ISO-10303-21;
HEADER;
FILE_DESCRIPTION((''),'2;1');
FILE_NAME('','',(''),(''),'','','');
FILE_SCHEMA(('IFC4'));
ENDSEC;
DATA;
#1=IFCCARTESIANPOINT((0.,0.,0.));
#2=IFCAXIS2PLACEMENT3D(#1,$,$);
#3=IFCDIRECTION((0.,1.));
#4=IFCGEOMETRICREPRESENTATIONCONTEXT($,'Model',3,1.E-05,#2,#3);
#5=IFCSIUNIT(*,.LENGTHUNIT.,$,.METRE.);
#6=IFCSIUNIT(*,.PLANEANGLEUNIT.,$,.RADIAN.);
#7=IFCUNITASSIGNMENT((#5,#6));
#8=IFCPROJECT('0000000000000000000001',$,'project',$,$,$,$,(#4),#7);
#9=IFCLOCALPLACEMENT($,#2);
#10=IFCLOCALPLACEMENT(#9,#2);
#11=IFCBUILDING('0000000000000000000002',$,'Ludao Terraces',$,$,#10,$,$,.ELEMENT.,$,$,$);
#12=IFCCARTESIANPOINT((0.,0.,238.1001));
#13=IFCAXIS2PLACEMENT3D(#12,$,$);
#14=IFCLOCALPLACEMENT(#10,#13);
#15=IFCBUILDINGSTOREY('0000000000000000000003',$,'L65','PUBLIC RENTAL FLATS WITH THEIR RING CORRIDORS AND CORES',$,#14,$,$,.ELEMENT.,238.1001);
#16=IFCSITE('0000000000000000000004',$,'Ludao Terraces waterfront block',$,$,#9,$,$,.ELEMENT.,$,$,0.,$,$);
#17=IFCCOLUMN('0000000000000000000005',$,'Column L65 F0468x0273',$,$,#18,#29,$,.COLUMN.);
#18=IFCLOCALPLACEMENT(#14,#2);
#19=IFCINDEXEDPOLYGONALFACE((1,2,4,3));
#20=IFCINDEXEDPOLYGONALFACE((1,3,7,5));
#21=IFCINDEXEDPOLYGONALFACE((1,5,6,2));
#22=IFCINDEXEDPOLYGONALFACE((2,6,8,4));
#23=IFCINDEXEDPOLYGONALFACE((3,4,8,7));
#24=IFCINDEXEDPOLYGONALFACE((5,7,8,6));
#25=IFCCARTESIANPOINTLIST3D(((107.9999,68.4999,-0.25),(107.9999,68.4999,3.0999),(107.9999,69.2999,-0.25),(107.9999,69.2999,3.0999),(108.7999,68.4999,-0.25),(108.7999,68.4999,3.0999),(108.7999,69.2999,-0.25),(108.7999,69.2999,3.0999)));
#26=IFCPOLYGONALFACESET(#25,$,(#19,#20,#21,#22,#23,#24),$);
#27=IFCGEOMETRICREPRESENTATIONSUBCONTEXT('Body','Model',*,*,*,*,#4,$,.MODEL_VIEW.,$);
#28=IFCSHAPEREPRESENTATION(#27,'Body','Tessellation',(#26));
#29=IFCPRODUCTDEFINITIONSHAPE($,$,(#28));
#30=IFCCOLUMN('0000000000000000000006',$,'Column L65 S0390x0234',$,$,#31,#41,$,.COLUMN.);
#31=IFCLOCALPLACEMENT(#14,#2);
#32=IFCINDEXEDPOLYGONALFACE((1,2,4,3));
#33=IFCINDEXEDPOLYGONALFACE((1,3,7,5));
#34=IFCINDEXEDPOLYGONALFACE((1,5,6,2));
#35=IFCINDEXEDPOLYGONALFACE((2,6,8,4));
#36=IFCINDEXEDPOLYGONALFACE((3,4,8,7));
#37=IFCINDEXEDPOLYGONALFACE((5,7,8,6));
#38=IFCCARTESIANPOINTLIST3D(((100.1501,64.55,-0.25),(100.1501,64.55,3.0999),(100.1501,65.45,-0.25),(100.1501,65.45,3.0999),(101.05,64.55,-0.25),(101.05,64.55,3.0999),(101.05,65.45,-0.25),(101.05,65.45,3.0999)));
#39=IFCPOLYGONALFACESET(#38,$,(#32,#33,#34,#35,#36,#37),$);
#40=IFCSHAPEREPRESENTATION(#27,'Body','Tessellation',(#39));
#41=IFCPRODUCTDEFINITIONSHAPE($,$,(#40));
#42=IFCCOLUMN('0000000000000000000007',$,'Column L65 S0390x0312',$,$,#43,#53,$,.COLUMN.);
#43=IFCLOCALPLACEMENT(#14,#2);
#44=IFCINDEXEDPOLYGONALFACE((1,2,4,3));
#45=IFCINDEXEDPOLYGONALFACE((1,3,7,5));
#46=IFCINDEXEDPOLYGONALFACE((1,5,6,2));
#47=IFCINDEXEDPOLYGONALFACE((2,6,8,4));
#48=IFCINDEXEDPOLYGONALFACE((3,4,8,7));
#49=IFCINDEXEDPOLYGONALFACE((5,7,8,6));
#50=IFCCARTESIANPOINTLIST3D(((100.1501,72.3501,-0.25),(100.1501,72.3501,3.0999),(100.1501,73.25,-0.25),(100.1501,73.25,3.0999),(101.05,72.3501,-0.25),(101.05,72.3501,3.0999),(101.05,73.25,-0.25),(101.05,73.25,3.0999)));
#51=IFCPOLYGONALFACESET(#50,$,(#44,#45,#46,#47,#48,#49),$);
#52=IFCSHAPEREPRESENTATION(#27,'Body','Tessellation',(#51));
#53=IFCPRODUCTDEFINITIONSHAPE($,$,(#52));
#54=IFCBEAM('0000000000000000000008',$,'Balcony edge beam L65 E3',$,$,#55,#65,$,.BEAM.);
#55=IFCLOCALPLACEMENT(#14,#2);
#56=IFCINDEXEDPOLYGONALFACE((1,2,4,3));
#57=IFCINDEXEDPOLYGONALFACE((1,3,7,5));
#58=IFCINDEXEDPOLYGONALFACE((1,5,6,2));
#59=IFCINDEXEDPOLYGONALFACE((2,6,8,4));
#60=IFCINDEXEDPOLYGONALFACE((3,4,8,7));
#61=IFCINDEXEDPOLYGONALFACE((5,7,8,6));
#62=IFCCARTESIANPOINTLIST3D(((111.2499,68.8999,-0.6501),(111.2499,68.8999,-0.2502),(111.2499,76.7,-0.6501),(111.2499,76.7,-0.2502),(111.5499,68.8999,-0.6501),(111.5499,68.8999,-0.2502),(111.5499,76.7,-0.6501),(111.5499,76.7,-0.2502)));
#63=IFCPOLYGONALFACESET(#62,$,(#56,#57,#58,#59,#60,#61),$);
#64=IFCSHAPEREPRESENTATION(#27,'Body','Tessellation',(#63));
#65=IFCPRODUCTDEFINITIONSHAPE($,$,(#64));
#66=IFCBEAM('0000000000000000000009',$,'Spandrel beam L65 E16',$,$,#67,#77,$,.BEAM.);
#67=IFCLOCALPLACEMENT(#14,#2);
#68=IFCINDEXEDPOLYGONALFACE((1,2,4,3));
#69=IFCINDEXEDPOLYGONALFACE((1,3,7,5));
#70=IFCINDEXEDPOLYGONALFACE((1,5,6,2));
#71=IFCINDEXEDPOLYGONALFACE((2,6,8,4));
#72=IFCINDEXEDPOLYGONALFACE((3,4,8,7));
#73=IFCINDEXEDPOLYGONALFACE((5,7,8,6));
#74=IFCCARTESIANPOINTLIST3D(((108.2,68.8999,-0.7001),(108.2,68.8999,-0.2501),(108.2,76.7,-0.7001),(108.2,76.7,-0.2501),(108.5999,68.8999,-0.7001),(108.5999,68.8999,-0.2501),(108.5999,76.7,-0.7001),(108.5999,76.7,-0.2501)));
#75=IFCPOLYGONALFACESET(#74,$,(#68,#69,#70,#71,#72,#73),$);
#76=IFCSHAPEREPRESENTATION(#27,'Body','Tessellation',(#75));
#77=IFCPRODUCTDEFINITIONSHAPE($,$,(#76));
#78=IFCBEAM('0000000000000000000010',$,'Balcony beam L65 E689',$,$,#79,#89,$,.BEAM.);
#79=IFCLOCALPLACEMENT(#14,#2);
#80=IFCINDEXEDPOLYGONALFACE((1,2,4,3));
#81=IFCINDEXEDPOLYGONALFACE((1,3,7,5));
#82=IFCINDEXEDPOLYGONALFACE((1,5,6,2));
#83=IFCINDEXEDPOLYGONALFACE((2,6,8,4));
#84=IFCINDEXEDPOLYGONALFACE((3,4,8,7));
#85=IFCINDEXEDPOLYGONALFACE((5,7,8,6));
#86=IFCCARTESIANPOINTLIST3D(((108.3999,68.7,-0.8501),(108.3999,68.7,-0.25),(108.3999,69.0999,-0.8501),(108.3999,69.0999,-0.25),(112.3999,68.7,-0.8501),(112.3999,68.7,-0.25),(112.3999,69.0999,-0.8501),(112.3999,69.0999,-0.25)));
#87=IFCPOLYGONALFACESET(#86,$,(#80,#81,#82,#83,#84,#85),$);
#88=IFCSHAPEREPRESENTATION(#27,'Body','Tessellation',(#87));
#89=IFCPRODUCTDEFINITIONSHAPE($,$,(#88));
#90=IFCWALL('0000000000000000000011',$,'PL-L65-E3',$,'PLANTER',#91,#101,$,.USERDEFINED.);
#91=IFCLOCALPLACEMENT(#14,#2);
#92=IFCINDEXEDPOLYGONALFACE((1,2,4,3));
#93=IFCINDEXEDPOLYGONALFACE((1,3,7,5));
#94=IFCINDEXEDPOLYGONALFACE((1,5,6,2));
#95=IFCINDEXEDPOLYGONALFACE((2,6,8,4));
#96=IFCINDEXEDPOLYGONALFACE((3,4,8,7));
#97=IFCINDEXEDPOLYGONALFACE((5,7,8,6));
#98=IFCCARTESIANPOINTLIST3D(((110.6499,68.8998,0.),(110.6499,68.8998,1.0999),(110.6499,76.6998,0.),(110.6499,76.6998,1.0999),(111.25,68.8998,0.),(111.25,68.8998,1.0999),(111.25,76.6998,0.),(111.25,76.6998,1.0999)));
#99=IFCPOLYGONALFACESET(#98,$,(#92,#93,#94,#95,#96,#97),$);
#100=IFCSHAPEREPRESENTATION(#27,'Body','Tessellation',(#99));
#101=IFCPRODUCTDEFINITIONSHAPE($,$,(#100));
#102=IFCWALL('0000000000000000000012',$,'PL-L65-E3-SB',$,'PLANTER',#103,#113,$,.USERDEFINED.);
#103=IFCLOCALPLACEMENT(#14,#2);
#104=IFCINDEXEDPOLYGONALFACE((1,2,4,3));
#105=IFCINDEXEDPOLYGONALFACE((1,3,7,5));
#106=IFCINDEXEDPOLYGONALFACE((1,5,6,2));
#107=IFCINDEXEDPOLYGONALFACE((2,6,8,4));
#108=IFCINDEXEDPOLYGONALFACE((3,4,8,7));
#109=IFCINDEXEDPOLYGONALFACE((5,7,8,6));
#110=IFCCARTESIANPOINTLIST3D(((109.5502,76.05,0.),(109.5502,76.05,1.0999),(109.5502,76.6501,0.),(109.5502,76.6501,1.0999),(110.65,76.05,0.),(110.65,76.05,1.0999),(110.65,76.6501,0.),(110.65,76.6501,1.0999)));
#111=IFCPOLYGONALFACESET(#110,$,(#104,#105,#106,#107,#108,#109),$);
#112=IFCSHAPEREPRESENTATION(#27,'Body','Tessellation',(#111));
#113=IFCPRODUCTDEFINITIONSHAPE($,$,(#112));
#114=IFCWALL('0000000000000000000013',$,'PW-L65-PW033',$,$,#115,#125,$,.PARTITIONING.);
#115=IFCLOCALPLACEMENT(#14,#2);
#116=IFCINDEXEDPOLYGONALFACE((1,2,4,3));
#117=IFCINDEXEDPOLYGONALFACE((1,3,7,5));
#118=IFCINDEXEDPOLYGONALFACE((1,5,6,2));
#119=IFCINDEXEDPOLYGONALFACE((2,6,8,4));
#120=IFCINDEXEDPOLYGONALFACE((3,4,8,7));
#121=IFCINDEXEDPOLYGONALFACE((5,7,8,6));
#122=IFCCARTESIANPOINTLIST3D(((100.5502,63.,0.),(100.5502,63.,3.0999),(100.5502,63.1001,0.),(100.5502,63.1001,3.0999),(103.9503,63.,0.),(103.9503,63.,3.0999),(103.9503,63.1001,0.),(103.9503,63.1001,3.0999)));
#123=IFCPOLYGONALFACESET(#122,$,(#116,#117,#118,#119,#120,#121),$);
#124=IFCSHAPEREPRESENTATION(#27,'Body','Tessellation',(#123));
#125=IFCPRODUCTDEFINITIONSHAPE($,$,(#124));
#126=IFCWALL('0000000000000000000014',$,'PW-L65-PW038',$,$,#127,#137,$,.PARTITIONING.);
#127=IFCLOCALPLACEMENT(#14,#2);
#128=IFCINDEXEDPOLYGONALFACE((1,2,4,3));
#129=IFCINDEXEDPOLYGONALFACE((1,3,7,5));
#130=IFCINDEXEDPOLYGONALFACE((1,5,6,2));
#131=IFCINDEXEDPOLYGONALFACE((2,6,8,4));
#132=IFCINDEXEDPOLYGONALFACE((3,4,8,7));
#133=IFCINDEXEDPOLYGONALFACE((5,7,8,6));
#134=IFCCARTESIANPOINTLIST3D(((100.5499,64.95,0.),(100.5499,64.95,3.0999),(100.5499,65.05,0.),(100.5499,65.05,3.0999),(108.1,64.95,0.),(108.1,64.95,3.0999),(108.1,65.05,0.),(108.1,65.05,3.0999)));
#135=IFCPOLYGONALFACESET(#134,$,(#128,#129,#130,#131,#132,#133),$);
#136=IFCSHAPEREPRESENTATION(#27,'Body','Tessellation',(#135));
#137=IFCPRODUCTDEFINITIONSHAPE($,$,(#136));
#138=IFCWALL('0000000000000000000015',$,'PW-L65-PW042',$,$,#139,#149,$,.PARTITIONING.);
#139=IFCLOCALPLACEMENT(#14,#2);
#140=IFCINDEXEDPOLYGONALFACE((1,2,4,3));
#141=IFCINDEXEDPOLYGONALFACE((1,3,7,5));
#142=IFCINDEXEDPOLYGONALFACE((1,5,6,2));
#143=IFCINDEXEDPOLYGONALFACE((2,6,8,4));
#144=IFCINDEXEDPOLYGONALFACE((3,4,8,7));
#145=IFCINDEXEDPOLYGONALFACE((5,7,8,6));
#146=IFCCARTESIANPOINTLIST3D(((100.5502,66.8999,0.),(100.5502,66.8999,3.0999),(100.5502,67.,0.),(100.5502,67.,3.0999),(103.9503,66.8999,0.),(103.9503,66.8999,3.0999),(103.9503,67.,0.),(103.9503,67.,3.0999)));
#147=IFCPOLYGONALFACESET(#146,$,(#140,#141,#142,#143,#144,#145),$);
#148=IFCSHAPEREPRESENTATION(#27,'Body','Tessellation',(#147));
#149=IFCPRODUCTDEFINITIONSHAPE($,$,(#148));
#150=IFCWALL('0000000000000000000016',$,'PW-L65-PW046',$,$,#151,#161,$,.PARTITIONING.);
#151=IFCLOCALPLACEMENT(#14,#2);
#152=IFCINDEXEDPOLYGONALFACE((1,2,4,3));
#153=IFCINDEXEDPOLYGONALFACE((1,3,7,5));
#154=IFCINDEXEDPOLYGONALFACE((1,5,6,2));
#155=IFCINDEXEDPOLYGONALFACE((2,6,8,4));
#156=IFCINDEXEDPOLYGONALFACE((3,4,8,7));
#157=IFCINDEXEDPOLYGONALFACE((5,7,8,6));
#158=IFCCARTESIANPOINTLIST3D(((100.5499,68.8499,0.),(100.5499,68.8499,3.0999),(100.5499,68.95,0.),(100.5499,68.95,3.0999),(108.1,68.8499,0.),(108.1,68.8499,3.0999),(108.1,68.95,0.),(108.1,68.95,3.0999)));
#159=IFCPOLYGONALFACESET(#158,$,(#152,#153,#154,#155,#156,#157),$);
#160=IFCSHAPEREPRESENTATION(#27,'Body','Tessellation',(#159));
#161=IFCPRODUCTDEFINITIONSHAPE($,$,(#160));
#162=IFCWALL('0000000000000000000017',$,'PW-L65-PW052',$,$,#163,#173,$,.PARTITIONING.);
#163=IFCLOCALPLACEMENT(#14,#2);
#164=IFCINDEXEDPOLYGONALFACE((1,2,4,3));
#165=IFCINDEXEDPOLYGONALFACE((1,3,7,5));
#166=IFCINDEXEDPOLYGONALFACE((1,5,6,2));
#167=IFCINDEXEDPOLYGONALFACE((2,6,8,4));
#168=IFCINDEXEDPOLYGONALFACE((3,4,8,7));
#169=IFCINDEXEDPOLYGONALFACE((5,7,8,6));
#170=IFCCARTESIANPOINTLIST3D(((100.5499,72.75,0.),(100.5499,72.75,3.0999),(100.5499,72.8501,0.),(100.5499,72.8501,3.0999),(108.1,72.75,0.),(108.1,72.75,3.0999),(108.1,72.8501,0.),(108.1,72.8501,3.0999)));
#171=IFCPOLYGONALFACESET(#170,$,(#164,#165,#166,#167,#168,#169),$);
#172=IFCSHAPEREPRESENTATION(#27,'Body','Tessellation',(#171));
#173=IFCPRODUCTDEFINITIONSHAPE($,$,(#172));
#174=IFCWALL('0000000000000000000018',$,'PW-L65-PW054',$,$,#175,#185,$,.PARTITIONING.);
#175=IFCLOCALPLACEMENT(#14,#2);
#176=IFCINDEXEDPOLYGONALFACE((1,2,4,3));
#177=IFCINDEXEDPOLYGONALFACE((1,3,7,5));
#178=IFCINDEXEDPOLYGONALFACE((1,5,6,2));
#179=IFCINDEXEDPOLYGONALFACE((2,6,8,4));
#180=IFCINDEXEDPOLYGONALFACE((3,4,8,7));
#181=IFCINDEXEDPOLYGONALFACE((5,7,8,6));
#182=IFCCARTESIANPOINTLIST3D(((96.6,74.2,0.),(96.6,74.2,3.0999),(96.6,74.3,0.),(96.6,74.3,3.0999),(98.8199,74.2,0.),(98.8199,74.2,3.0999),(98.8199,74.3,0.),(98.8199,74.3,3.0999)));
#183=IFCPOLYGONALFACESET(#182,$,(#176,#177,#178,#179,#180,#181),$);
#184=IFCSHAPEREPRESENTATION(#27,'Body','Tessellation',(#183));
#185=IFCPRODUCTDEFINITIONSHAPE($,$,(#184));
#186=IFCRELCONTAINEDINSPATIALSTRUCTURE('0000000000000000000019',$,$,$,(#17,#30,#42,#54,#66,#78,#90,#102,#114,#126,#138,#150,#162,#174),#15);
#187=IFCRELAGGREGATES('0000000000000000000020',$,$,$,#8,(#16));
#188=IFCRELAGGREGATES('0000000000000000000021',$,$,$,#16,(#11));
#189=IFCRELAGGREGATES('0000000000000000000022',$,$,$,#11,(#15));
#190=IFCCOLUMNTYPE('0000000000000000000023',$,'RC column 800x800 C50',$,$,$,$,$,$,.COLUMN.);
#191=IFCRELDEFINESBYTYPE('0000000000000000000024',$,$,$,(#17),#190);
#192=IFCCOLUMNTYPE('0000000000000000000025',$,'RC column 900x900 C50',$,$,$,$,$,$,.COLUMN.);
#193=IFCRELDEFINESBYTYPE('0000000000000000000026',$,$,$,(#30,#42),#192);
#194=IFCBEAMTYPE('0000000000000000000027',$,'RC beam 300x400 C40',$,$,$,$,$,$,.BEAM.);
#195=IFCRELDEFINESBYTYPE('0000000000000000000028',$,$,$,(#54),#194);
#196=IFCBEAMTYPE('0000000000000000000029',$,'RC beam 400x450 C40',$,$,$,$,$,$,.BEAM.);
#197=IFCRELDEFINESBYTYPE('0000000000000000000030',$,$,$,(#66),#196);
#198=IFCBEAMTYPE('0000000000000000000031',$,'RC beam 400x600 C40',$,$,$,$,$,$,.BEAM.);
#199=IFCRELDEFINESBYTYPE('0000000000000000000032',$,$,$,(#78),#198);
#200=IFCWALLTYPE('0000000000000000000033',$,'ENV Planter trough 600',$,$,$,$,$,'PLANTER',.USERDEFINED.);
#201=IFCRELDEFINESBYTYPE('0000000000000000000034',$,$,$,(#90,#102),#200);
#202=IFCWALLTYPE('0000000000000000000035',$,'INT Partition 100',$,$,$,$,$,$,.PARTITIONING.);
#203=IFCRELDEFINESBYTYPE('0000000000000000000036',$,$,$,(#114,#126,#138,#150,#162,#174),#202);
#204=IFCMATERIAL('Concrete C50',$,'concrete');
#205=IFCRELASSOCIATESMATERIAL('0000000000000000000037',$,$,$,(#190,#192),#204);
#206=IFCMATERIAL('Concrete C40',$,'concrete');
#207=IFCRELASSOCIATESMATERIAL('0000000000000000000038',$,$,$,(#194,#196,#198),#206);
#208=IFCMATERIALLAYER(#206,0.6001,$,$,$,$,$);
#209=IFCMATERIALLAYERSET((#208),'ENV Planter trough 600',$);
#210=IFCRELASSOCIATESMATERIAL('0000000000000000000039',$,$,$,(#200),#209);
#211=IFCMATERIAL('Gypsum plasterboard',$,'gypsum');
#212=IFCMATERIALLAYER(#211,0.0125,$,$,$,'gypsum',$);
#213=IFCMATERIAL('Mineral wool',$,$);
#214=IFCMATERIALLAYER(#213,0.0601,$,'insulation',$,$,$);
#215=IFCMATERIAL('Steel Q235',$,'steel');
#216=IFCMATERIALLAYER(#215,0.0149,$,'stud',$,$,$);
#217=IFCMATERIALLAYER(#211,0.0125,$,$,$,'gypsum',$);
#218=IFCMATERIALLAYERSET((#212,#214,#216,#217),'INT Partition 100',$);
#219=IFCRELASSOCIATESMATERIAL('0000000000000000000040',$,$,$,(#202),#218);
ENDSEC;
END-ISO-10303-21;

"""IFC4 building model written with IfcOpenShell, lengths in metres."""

from ifc_helpers import new_model, si_unit, direction, frame, frame_2d, origin, origin_2d, place, context, subcontext, project, spatial, rectangle, extrude, material, layer, layer_set, material_profile, profile_set, type_object, element, save


model = new_model("IFC4")

# Units and contexts
model_context = context("Model", 3, precision=1e-05, world=origin(), true_north=direction((0.0, 1.0)))
body_context = subcontext(model_context, "Body", "Model", "MODEL_VIEW")
ifc_project = project(units=[si_unit("LENGTHUNIT", "METRE"), si_unit("PLANEANGLEUNIT", "RADIAN")], contexts=[model_context])

# Site, building, storey
site_placement = place(None, origin())
site = spatial("IfcSite", under=ifc_project, at=site_placement, Name="Ludao Terraces waterfront block", CompositionType="ELEMENT", RefElevation=0.0)
building_placement = place(site_placement, origin())
building = spatial("IfcBuilding", under=site, at=building_placement, Name="Ludao Terraces", CompositionType="ELEMENT")
storey_placement = place(building_placement, frame((0.0, 0.0, 238.1001)))
storey = spatial("IfcBuildingStorey", under=building, at=storey_placement, Name="L65", Description="PUBLIC RENTAL FLATS WITH THEIR RING CORRIDORS AND CORES", CompositionType="ELEMENT", Elevation=238.1001)

# Columns
ifc_material_1 = material(Name="Concrete C50", Category="concrete")
ifc_material_profile_1 = material_profile(ifc_material_1, rectangle(XDim=0.8, YDim=0.8, at=origin_2d()), Name="800 X 800")
ifc_profile_set_1 = profile_set([ifc_material_profile_1], Name="Concrete C50")
column_type_1 = type_object("IfcColumnType", Name="RC column 800x800 C50", PredefinedType="COLUMN", material=ifc_profile_set_1)
column_placement = place(storey_placement, frame((108.3999, 68.8999, -0.25), z_axis=(0.0, 0.0, 1.0), x_axis=(1.0, 0.0, 0.0)))
element("IfcColumn", 1, at=column_placement, inside=storey, type_object=column_type_1, Name="Column L65 F0468x0273", PredefinedType="COLUMN", context=body_context, shape_type="SweptSolid", body=[
    extrude(rectangle(XDim=0.8, YDim=0.8, at=origin_2d()), origin(), (0.0, 0.0, 1.0), 3.3499),
])
ifc_material_profile_2 = material_profile(ifc_material_1, rectangle(XDim=0.8999, YDim=0.8999, at=origin_2d()), Name="900 X 900")
ifc_profile_set_2 = profile_set([ifc_material_profile_2], Name="Concrete C50")
column_type_2 = type_object("IfcColumnType", Name="RC column 900x900 C50", PredefinedType="COLUMN", material=ifc_profile_set_2)
for number, where, z_axis, x_axis, name in (
    (2, (100.6001, 65.0, -0.25), (0.0, 0.0, 1.0), (1.0, 0.0, 0.0), "Column L65 S0390x0234"),
    (3, (100.6001, 72.8, -0.25), (0.0, 0.0, 1.0), (1.0, 0.0, 0.0), "Column L65 S0390x0312"),
):
    element("IfcColumn", number, at=place(storey_placement, frame(where, z_axis=z_axis, x_axis=x_axis)), inside=storey, type_object=column_type_2, Name=name, PredefinedType="COLUMN", context=body_context, shape_type="SweptSolid", body=[
        extrude(rectangle(XDim=0.8999, YDim=0.8999, at=origin_2d()), origin(), (0.0, 0.0, 1.0), 3.3499),
    ])

# Beams
ifc_material_2 = material(Name="Concrete C40", Category="concrete")
ifc_material_profile_3 = material_profile(ifc_material_2, rectangle(XDim=0.3, YDim=0.3999, at=origin_2d()), Name="300 X 400")
ifc_profile_set_3 = profile_set([ifc_material_profile_3], Name="Concrete C40")
beam_type_1 = type_object("IfcBeamType", Name="RC beam 300x400 C40", PredefinedType="BEAM", material=ifc_profile_set_3)
beam_1_placement = place(storey_placement, frame((111.3999, 68.8999, -0.4502), z_axis=(0.0, 1.0, 0.0), x_axis=(-1.0, 0.0, 0.0)))
element("IfcBeam", 4, at=beam_1_placement, inside=storey, type_object=beam_type_1, Name="Balcony edge beam L65 E3", PredefinedType="BEAM", context=body_context, shape_type="SweptSolid", body=[
    extrude(rectangle(XDim=0.3, YDim=0.3999, at=origin_2d()), origin(), (0.0, 0.0, 1.0), 7.8),
])
ifc_material_profile_4 = material_profile(ifc_material_2, rectangle(XDim=0.3999, YDim=0.45, at=origin_2d()), Name="400 X 450")
ifc_profile_set_4 = profile_set([ifc_material_profile_4], Name="Concrete C40")
beam_type_2 = type_object("IfcBeamType", Name="RC beam 400x450 C40", PredefinedType="BEAM", material=ifc_profile_set_4)
beam_2_placement = place(storey_placement, frame((108.3999, 68.8999, -0.4751), z_axis=(0.0, 1.0, 0.0), x_axis=(-1.0, 0.0, 0.0)))
element("IfcBeam", 5, at=beam_2_placement, inside=storey, type_object=beam_type_2, Name="Spandrel beam L65 E16", PredefinedType="BEAM", context=body_context, shape_type="SweptSolid", body=[
    extrude(rectangle(XDim=0.3999, YDim=0.45, at=origin_2d()), origin(), (0.0, 0.0, 1.0), 7.8),
])
ifc_material_profile_5 = material_profile(ifc_material_2, rectangle(XDim=0.3999, YDim=0.6001, at=origin_2d()), Name="400 X 600")
ifc_profile_set_5 = profile_set([ifc_material_profile_5], Name="Concrete C40")
beam_type_3 = type_object("IfcBeamType", Name="RC beam 400x600 C40", PredefinedType="BEAM", material=ifc_profile_set_5)
beam_3_placement = place(storey_placement, frame((108.3999, 68.8999, -0.55), z_axis=(1.0, 0.0, 0.0), x_axis=(0.0, 1.0, 0.0)))
element("IfcBeam", 6, at=beam_3_placement, inside=storey, type_object=beam_type_3, Name="Balcony beam L65 E689", PredefinedType="BEAM", context=body_context, shape_type="SweptSolid", body=[
    extrude(rectangle(XDim=0.3999, YDim=0.6001, at=origin_2d()), origin(), (0.0, 0.0, 1.0), 4.0),
])

# Walls
ifc_layer_1 = layer(ifc_material_2, 0.6001)
ifc_layer_set_1 = layer_set([ifc_layer_1], Name="ENV Planter trough 600")
wall_type_1 = type_object("IfcWallType", Name="ENV Planter trough 600", ElementType="PLANTER", PredefinedType="USERDEFINED", material=ifc_layer_set_1)
wall_1_placement = place(storey_placement, frame((110.95, 68.8999, 0.0), z_axis=(0.0, 0.0, 1.0), x_axis=(0.0, 1.0, 0.0)))
element("IfcWall", 7, at=wall_1_placement, inside=storey, type_object=wall_type_1, Name="PL-L65-E3", ObjectType="PLANTER", PredefinedType="USERDEFINED", context=body_context, shape_type="SweptSolid", body=[
    extrude(rectangle(XDim=7.8, YDim=0.6001, at=frame_2d((3.8999, 0.0))), origin(), (0.0, 0.0, 1.0), 1.0999),
])
wall_2_placement = place(storey_placement, frame((110.6499, 76.3501, 0.0), z_axis=(0.0, 0.0, 1.0), x_axis=(-1.0, 0.0, 0.0)))
element("IfcWall", 8, at=wall_2_placement, inside=storey, type_object=wall_type_1, Name="PL-L65-E3-SB", ObjectType="PLANTER", PredefinedType="USERDEFINED", context=body_context, shape_type="SweptSolid", body=[
    extrude(rectangle(XDim=1.0999, YDim=0.6001, at=frame_2d((0.5498, 0.0))), origin(), (0.0, 0.0, 1.0), 1.0999),
])

# Shared definitions
ifc_material_3 = material(Name="Mineral wool")

# Walls
ifc_material_4 = material(Name="Gypsum plasterboard", Category="gypsum")
ifc_layer_2 = layer(ifc_material_4, 0.0125, Category="gypsum")
ifc_layer_3 = layer(ifc_material_3, 0.0601, Name="insulation")
ifc_material_5 = material(Name="Steel Q235", Category="steel")
ifc_layer_4 = layer(ifc_material_5, 0.0149, Name="stud")
ifc_layer_5 = layer(ifc_material_4, 0.0125, Category="gypsum")
ifc_layer_set_2 = layer_set([ifc_layer_2, ifc_layer_3, ifc_layer_4, ifc_layer_5], Name="INT Partition 100")
wall_type_2 = type_object("IfcWallType", Name="INT Partition 100", PredefinedType="PARTITIONING", material=ifc_layer_set_2)
wall_3_placement = place(storey_placement, frame((100.55, 63.05, 0.0), z_axis=(0.0, 0.0, 1.0), x_axis=(1.0, 0.0, 0.0)))
element("IfcWall", 9, at=wall_3_placement, inside=storey, type_object=wall_type_2, Name="PW-L65-PW033", PredefinedType="PARTITIONING", context=body_context, shape_type="SweptSolid", body=[
    extrude(rectangle(XDim=3.4001, YDim=0.1001, at=frame_2d((1.7002, 0.0))), origin(), (0.0, 0.0, 1.0), 3.0999),
])
wall_4_placement = place(storey_placement, frame((100.55, 65.0, 0.0), z_axis=(0.0, 0.0, 1.0), x_axis=(1.0, 0.0, 0.0)))
element("IfcWall", 10, at=wall_4_placement, inside=storey, type_object=wall_type_2, Name="PW-L65-PW038", PredefinedType="PARTITIONING", context=body_context, shape_type="SweptSolid", body=[
    extrude(rectangle(XDim=7.55, YDim=0.1001, at=frame_2d((3.7749, 0.0))), origin(), (0.0, 0.0, 1.0), 3.0999),
])
wall_5_placement = place(storey_placement, frame((100.55, 66.95, 0.0), z_axis=(0.0, 0.0, 1.0), x_axis=(1.0, 0.0, 0.0)))
element("IfcWall", 11, at=wall_5_placement, inside=storey, type_object=wall_type_2, Name="PW-L65-PW042", PredefinedType="PARTITIONING", context=body_context, shape_type="SweptSolid", body=[
    extrude(rectangle(XDim=3.4001, YDim=0.1001, at=frame_2d((1.7002, 0.0))), origin(), (0.0, 0.0, 1.0), 3.0999),
])
for number, where, z_axis, x_axis, name in (
    (12, (100.55, 68.8999, 0.0), (0.0, 0.0, 1.0), (1.0, 0.0, 0.0), "PW-L65-PW046"),
    (13, (100.55, 72.8, 0.0), (0.0, 0.0, 1.0), (1.0, 0.0, 0.0), "PW-L65-PW052"),
):
    element("IfcWall", number, at=place(storey_placement, frame(where, z_axis=z_axis, x_axis=x_axis)), inside=storey, type_object=wall_type_2, Name=name, PredefinedType="PARTITIONING", context=body_context, shape_type="SweptSolid", body=[
        extrude(rectangle(XDim=7.55, YDim=0.1001, at=frame_2d((3.7749, 0.0))), origin(), (0.0, 0.0, 1.0), 3.0999),
    ])
wall_6_placement = place(storey_placement, frame((96.6001, 74.25, 0.0), z_axis=(0.0, 0.0, 1.0), x_axis=(1.0, 0.0, 0.0)))
element("IfcWall", 14, at=wall_6_placement, inside=storey, type_object=wall_type_2, Name="PW-L65-PW054", PredefinedType="PARTITIONING", context=body_context, shape_type="SweptSolid", body=[
    extrude(rectangle(XDim=2.22, YDim=0.1001, at=frame_2d((1.1099, 0.0))), origin(), (0.0, 0.0, 1.0), 3.0999),
])

save(model, "model.ifc")
